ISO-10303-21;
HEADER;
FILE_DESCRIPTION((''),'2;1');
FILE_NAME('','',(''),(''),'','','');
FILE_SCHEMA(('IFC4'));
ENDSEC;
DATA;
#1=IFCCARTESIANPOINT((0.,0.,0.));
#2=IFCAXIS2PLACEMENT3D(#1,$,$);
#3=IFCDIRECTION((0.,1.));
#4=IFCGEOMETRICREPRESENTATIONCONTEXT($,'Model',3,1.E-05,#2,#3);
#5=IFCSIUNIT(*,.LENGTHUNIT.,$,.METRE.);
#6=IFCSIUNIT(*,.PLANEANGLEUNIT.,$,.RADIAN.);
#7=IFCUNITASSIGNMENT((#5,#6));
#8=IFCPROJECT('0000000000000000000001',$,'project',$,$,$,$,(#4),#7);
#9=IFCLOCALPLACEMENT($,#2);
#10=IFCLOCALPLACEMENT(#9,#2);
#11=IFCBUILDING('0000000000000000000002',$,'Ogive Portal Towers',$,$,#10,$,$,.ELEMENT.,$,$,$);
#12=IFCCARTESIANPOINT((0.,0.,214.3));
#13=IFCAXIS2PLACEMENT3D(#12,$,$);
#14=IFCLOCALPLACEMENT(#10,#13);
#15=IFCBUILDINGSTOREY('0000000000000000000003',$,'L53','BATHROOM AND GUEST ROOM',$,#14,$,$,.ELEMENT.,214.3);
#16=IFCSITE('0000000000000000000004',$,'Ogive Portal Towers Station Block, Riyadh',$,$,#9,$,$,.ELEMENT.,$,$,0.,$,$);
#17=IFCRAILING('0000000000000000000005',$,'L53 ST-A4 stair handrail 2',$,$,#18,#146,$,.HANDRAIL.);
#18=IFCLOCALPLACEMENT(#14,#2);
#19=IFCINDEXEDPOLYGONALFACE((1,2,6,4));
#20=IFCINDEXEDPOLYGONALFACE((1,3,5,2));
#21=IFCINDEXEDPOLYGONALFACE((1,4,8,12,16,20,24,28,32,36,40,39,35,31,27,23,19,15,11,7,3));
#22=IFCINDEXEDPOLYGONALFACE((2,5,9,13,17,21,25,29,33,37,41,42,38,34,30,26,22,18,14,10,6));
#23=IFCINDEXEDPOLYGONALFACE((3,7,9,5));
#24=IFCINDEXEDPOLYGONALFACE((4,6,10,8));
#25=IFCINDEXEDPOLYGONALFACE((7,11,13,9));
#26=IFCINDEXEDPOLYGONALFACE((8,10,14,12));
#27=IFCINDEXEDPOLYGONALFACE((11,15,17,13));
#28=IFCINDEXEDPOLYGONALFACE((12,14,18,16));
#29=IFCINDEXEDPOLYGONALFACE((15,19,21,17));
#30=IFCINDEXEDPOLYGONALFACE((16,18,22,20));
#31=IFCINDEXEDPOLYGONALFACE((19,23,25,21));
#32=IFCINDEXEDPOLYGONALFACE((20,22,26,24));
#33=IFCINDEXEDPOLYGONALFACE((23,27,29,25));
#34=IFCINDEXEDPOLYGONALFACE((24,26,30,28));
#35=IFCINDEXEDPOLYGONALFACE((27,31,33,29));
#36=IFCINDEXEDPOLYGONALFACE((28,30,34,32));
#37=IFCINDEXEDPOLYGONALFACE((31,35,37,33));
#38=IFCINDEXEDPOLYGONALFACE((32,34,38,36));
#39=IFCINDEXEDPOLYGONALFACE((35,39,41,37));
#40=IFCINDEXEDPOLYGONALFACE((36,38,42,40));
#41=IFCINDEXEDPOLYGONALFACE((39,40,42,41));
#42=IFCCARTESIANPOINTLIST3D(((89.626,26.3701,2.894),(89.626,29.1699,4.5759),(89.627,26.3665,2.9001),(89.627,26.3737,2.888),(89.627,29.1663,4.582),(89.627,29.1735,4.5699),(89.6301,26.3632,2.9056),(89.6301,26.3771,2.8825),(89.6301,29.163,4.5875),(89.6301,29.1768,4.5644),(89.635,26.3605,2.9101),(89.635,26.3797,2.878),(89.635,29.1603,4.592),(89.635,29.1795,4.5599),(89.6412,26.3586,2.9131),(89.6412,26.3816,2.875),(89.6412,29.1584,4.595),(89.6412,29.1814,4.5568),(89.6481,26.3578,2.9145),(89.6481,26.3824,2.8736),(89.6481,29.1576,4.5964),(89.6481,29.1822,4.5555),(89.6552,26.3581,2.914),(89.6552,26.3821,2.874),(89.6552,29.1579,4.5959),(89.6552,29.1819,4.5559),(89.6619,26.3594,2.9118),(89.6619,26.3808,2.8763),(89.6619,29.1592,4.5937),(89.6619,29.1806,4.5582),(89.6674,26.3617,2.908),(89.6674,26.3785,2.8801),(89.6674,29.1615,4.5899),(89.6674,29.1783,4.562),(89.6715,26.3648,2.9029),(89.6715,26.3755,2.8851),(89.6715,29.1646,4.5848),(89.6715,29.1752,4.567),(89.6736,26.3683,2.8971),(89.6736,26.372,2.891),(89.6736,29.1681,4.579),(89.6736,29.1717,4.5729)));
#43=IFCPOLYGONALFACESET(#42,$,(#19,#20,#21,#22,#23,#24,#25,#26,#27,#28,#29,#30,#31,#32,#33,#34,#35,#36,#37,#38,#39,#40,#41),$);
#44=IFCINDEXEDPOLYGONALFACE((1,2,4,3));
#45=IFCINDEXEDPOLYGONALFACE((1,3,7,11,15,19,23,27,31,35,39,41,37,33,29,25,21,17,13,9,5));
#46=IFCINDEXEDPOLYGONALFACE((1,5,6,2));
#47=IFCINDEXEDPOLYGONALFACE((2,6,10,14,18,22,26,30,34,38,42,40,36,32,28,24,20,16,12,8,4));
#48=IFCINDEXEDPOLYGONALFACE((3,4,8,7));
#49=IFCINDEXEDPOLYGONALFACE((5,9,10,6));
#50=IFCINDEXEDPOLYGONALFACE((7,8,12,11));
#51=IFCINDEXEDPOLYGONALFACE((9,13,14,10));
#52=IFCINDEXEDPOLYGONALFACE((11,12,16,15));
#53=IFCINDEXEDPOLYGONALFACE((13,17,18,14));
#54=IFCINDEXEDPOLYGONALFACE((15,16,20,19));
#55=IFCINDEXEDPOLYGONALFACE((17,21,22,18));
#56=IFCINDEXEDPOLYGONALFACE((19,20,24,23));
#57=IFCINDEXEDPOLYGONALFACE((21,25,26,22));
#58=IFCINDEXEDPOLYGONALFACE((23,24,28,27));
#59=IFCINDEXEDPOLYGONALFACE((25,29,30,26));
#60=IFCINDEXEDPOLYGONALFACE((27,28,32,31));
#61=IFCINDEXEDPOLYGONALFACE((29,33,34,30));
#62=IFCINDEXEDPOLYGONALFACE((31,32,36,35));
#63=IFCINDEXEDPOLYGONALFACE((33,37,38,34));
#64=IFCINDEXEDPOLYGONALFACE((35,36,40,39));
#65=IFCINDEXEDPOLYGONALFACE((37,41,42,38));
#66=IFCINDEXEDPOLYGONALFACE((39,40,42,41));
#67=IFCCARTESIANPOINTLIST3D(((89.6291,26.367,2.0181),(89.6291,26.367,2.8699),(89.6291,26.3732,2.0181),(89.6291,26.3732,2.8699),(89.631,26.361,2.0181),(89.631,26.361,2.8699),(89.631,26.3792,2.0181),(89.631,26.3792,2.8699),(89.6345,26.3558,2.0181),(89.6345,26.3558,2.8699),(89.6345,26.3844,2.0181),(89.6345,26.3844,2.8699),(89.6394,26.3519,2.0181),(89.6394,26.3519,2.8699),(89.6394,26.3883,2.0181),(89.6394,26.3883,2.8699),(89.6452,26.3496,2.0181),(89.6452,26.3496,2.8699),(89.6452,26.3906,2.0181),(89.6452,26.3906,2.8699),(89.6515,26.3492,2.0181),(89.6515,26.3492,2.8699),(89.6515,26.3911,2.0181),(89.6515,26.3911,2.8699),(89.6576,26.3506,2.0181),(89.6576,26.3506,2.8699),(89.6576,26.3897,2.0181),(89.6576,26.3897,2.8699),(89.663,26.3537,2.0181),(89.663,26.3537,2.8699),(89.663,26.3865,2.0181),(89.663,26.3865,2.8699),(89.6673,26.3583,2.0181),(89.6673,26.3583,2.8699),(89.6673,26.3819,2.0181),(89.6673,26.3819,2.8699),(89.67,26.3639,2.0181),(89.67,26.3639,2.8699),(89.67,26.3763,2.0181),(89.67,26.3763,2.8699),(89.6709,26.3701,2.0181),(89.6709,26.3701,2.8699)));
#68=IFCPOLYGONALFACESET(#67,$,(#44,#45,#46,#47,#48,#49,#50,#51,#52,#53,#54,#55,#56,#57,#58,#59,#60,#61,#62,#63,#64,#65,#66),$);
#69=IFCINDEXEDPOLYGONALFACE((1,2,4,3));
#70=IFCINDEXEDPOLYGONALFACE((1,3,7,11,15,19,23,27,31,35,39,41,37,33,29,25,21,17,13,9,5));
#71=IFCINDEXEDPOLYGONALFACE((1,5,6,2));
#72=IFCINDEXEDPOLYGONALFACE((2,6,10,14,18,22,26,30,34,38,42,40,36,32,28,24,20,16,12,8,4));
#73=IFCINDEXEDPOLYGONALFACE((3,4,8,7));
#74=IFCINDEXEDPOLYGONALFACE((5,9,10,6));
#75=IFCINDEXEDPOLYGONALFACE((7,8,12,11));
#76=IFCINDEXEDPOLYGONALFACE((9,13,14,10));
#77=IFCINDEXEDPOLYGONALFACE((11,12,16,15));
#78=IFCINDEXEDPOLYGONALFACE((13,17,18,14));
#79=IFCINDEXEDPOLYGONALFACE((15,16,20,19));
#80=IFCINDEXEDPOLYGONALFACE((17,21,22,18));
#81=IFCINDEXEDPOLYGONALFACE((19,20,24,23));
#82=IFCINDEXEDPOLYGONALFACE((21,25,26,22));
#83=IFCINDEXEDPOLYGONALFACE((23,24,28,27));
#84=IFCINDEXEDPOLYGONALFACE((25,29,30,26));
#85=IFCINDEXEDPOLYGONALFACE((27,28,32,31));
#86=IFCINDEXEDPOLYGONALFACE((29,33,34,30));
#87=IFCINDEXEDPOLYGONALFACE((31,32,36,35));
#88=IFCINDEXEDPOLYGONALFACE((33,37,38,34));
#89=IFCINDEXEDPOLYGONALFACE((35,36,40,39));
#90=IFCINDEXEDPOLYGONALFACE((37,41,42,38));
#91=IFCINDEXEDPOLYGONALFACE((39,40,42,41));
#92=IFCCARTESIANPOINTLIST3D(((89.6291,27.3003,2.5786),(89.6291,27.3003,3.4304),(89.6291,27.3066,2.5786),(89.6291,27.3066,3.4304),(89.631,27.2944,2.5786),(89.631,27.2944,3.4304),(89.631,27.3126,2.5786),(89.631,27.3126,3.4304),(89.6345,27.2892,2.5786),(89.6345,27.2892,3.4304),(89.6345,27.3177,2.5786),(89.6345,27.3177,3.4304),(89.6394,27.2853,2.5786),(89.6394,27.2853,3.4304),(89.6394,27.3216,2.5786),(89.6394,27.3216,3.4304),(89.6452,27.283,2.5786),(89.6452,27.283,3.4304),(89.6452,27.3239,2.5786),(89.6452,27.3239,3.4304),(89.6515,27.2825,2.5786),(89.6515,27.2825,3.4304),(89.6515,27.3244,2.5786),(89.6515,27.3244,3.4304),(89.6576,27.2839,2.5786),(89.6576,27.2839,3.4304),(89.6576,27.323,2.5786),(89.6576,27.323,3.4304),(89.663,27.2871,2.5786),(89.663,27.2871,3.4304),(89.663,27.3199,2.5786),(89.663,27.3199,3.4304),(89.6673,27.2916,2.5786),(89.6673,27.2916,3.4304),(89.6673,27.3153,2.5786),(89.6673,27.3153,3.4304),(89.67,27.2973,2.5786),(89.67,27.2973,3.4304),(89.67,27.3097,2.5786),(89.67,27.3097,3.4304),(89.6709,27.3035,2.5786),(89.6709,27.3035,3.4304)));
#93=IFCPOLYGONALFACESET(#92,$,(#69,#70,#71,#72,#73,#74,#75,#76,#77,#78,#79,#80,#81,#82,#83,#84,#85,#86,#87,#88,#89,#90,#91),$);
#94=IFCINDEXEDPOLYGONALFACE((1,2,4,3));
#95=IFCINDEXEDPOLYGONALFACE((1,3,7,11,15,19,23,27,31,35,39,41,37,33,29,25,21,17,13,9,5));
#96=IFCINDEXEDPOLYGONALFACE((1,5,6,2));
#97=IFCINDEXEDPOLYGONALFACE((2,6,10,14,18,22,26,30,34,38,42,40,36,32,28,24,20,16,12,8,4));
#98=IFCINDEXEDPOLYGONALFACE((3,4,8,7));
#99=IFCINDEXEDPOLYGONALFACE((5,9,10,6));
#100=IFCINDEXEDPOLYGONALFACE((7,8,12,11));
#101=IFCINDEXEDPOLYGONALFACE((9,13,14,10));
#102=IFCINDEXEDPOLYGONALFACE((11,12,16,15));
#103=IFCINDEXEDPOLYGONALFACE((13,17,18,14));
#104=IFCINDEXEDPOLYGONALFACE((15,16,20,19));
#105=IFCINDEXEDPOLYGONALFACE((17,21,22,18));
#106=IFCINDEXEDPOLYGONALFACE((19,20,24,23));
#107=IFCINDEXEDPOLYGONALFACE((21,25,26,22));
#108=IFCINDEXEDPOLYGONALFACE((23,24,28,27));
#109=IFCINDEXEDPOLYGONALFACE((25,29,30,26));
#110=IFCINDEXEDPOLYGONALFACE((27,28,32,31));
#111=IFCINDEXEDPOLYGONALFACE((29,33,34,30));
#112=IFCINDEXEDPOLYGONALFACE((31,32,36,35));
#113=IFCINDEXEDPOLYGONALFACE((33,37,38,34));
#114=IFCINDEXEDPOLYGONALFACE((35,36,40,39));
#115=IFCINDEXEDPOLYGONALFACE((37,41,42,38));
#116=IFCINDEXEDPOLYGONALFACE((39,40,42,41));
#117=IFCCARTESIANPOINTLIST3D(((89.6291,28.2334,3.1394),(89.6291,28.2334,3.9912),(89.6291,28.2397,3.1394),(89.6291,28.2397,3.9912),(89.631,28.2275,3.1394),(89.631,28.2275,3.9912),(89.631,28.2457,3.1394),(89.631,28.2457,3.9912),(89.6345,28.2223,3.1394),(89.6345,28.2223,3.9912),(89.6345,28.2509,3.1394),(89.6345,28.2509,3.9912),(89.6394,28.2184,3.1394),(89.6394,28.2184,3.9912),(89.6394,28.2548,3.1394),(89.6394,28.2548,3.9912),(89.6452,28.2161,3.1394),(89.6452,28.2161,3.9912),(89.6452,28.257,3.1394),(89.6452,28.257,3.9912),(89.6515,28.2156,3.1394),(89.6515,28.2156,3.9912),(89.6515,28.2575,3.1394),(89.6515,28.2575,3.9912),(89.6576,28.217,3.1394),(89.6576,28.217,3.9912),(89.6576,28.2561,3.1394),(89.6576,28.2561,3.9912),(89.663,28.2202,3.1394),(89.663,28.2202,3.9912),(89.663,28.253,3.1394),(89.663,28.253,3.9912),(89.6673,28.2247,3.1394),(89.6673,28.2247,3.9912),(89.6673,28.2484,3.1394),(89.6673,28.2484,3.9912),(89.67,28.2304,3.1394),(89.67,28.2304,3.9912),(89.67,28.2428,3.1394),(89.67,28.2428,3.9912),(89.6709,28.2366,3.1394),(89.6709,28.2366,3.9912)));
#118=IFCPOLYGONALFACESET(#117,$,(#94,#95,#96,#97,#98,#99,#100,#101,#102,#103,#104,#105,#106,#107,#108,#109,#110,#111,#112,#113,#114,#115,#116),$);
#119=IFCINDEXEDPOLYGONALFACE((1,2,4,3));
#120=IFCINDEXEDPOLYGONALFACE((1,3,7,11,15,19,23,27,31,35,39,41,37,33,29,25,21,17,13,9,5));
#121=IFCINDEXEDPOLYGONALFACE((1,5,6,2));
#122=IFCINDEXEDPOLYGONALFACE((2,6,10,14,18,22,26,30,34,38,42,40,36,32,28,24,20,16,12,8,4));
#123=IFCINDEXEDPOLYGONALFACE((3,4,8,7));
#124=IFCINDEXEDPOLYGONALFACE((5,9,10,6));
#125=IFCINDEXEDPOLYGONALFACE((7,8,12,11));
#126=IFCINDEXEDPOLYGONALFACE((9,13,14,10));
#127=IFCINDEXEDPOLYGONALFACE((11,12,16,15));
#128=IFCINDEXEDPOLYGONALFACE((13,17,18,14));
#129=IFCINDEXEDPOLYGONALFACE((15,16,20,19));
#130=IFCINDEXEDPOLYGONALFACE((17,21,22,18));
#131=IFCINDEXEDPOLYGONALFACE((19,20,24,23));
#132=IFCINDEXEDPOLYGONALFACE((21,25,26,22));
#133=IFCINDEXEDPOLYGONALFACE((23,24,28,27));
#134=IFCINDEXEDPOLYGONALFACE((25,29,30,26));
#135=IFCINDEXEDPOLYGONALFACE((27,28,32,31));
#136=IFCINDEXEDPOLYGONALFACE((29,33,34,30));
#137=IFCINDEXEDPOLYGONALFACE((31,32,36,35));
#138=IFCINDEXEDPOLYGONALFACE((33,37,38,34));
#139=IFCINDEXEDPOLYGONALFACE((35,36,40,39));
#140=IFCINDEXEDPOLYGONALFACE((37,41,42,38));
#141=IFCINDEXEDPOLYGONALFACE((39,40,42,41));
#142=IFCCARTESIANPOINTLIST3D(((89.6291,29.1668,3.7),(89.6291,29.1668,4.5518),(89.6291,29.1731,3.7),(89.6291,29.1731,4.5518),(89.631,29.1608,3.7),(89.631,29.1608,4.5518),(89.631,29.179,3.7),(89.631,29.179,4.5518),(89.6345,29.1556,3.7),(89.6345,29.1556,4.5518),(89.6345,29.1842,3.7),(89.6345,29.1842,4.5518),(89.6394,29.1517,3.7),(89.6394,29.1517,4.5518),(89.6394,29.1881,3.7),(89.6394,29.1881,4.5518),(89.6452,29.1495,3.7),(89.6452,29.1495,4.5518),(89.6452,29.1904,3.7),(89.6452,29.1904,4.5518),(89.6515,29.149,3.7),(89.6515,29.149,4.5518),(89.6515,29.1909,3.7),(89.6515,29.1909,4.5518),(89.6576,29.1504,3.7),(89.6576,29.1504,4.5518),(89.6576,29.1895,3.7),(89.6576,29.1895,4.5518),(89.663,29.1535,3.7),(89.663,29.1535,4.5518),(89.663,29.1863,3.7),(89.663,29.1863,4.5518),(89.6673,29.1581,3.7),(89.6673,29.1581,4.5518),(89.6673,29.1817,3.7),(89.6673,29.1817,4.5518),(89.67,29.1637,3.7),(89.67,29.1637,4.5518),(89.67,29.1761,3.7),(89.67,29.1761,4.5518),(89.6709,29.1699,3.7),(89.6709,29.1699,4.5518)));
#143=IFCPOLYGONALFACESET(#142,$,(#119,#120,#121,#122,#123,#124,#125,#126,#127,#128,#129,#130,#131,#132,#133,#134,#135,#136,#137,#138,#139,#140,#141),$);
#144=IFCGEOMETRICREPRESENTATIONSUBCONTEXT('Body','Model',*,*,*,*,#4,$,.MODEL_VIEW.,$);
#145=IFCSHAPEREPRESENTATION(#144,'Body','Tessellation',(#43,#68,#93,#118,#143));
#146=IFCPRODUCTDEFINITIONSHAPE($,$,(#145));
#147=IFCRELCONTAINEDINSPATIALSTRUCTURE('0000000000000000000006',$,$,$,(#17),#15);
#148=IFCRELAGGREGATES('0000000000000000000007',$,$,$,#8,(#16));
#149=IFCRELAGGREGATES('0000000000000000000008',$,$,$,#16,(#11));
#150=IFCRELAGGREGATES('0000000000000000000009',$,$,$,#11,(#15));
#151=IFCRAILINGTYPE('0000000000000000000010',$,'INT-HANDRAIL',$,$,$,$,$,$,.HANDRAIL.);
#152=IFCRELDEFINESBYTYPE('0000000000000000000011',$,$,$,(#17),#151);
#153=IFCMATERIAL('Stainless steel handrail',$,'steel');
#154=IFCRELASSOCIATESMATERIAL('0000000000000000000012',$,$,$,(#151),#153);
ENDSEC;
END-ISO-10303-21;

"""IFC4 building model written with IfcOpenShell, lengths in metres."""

from ifc_helpers import new_model, si_unit, direction, frame, origin, origin_2d, place, context, subcontext, project, spatial, circle, extrude, material, type_object, element, save


model = new_model("IFC4")

# Units and contexts
model_context = context("Model", 3, precision=1e-05, world=origin(), true_north=direction((0.0, 1.0)))
body_context = subcontext(model_context, "Body", "Model", "MODEL_VIEW")
ifc_project = project(units=[si_unit("LENGTHUNIT", "METRE"), si_unit("PLANEANGLEUNIT", "RADIAN")], contexts=[model_context])

# Site, building, storey
site_placement = place(None, origin())
site = spatial("IfcSite", under=ifc_project, at=site_placement, Name="Ogive Portal Towers Station Block, Riyadh", CompositionType="ELEMENT", RefElevation=0.0)
building_placement = place(site_placement, origin())
building = spatial("IfcBuilding", under=site, at=building_placement, Name="Ogive Portal Towers", CompositionType="ELEMENT")
storey_placement = place(building_placement, frame((0.0, 0.0, 214.3)))
storey = spatial("IfcBuildingStorey", under=building, at=storey_placement, Name="L53", Description="BATHROOM AND GUEST ROOM", CompositionType="ELEMENT", Elevation=214.3)

# Railing
ifc_material_1 = material(Name="Stainless steel handrail", Category="steel")
railing_type_1 = type_object("IfcRailingType", Name="INT-HANDRAIL", PredefinedType="HANDRAIL", material=ifc_material_1)
railing_1_placement = place(storey_placement, frame((89.6499, 26.3701, 2.0181)))
element("IfcRailing", 1, at=railing_1_placement, inside=storey, type_object=railing_type_1, Name="L53 ST-A4 stair handrail 2", PredefinedType="HANDRAIL", context=body_context, shape_type="SweptSolid", body=[
    extrude(circle(Radius=0.0239, at=origin_2d()), frame((0.0, 0.0, 0.876), z_axis=(0.0, 0.857222, 0.514946), x_axis=(-1.0, 0.0, 0.0)), (0.0, 0.0, 1.0), 3.2661),
    extrude(circle(Radius=0.021, at=origin_2d()), origin(), (0.0, 0.0, 1.0), 0.8518),
    extrude(circle(Radius=0.021, at=origin_2d()), frame((0.0, 0.9333, 0.5605)), (0.0, 0.0, 1.0), 0.8518),
    extrude(circle(Radius=0.021, at=origin_2d()), frame((0.0, 1.8665, 1.1213)), (0.0, 0.0, 1.0), 0.8518),
    extrude(circle(Radius=0.021, at=origin_2d()), frame((0.0, 2.7998, 1.6819)), (0.0, 0.0, 1.0), 0.8518),
])

save(model, "model.ifc")
